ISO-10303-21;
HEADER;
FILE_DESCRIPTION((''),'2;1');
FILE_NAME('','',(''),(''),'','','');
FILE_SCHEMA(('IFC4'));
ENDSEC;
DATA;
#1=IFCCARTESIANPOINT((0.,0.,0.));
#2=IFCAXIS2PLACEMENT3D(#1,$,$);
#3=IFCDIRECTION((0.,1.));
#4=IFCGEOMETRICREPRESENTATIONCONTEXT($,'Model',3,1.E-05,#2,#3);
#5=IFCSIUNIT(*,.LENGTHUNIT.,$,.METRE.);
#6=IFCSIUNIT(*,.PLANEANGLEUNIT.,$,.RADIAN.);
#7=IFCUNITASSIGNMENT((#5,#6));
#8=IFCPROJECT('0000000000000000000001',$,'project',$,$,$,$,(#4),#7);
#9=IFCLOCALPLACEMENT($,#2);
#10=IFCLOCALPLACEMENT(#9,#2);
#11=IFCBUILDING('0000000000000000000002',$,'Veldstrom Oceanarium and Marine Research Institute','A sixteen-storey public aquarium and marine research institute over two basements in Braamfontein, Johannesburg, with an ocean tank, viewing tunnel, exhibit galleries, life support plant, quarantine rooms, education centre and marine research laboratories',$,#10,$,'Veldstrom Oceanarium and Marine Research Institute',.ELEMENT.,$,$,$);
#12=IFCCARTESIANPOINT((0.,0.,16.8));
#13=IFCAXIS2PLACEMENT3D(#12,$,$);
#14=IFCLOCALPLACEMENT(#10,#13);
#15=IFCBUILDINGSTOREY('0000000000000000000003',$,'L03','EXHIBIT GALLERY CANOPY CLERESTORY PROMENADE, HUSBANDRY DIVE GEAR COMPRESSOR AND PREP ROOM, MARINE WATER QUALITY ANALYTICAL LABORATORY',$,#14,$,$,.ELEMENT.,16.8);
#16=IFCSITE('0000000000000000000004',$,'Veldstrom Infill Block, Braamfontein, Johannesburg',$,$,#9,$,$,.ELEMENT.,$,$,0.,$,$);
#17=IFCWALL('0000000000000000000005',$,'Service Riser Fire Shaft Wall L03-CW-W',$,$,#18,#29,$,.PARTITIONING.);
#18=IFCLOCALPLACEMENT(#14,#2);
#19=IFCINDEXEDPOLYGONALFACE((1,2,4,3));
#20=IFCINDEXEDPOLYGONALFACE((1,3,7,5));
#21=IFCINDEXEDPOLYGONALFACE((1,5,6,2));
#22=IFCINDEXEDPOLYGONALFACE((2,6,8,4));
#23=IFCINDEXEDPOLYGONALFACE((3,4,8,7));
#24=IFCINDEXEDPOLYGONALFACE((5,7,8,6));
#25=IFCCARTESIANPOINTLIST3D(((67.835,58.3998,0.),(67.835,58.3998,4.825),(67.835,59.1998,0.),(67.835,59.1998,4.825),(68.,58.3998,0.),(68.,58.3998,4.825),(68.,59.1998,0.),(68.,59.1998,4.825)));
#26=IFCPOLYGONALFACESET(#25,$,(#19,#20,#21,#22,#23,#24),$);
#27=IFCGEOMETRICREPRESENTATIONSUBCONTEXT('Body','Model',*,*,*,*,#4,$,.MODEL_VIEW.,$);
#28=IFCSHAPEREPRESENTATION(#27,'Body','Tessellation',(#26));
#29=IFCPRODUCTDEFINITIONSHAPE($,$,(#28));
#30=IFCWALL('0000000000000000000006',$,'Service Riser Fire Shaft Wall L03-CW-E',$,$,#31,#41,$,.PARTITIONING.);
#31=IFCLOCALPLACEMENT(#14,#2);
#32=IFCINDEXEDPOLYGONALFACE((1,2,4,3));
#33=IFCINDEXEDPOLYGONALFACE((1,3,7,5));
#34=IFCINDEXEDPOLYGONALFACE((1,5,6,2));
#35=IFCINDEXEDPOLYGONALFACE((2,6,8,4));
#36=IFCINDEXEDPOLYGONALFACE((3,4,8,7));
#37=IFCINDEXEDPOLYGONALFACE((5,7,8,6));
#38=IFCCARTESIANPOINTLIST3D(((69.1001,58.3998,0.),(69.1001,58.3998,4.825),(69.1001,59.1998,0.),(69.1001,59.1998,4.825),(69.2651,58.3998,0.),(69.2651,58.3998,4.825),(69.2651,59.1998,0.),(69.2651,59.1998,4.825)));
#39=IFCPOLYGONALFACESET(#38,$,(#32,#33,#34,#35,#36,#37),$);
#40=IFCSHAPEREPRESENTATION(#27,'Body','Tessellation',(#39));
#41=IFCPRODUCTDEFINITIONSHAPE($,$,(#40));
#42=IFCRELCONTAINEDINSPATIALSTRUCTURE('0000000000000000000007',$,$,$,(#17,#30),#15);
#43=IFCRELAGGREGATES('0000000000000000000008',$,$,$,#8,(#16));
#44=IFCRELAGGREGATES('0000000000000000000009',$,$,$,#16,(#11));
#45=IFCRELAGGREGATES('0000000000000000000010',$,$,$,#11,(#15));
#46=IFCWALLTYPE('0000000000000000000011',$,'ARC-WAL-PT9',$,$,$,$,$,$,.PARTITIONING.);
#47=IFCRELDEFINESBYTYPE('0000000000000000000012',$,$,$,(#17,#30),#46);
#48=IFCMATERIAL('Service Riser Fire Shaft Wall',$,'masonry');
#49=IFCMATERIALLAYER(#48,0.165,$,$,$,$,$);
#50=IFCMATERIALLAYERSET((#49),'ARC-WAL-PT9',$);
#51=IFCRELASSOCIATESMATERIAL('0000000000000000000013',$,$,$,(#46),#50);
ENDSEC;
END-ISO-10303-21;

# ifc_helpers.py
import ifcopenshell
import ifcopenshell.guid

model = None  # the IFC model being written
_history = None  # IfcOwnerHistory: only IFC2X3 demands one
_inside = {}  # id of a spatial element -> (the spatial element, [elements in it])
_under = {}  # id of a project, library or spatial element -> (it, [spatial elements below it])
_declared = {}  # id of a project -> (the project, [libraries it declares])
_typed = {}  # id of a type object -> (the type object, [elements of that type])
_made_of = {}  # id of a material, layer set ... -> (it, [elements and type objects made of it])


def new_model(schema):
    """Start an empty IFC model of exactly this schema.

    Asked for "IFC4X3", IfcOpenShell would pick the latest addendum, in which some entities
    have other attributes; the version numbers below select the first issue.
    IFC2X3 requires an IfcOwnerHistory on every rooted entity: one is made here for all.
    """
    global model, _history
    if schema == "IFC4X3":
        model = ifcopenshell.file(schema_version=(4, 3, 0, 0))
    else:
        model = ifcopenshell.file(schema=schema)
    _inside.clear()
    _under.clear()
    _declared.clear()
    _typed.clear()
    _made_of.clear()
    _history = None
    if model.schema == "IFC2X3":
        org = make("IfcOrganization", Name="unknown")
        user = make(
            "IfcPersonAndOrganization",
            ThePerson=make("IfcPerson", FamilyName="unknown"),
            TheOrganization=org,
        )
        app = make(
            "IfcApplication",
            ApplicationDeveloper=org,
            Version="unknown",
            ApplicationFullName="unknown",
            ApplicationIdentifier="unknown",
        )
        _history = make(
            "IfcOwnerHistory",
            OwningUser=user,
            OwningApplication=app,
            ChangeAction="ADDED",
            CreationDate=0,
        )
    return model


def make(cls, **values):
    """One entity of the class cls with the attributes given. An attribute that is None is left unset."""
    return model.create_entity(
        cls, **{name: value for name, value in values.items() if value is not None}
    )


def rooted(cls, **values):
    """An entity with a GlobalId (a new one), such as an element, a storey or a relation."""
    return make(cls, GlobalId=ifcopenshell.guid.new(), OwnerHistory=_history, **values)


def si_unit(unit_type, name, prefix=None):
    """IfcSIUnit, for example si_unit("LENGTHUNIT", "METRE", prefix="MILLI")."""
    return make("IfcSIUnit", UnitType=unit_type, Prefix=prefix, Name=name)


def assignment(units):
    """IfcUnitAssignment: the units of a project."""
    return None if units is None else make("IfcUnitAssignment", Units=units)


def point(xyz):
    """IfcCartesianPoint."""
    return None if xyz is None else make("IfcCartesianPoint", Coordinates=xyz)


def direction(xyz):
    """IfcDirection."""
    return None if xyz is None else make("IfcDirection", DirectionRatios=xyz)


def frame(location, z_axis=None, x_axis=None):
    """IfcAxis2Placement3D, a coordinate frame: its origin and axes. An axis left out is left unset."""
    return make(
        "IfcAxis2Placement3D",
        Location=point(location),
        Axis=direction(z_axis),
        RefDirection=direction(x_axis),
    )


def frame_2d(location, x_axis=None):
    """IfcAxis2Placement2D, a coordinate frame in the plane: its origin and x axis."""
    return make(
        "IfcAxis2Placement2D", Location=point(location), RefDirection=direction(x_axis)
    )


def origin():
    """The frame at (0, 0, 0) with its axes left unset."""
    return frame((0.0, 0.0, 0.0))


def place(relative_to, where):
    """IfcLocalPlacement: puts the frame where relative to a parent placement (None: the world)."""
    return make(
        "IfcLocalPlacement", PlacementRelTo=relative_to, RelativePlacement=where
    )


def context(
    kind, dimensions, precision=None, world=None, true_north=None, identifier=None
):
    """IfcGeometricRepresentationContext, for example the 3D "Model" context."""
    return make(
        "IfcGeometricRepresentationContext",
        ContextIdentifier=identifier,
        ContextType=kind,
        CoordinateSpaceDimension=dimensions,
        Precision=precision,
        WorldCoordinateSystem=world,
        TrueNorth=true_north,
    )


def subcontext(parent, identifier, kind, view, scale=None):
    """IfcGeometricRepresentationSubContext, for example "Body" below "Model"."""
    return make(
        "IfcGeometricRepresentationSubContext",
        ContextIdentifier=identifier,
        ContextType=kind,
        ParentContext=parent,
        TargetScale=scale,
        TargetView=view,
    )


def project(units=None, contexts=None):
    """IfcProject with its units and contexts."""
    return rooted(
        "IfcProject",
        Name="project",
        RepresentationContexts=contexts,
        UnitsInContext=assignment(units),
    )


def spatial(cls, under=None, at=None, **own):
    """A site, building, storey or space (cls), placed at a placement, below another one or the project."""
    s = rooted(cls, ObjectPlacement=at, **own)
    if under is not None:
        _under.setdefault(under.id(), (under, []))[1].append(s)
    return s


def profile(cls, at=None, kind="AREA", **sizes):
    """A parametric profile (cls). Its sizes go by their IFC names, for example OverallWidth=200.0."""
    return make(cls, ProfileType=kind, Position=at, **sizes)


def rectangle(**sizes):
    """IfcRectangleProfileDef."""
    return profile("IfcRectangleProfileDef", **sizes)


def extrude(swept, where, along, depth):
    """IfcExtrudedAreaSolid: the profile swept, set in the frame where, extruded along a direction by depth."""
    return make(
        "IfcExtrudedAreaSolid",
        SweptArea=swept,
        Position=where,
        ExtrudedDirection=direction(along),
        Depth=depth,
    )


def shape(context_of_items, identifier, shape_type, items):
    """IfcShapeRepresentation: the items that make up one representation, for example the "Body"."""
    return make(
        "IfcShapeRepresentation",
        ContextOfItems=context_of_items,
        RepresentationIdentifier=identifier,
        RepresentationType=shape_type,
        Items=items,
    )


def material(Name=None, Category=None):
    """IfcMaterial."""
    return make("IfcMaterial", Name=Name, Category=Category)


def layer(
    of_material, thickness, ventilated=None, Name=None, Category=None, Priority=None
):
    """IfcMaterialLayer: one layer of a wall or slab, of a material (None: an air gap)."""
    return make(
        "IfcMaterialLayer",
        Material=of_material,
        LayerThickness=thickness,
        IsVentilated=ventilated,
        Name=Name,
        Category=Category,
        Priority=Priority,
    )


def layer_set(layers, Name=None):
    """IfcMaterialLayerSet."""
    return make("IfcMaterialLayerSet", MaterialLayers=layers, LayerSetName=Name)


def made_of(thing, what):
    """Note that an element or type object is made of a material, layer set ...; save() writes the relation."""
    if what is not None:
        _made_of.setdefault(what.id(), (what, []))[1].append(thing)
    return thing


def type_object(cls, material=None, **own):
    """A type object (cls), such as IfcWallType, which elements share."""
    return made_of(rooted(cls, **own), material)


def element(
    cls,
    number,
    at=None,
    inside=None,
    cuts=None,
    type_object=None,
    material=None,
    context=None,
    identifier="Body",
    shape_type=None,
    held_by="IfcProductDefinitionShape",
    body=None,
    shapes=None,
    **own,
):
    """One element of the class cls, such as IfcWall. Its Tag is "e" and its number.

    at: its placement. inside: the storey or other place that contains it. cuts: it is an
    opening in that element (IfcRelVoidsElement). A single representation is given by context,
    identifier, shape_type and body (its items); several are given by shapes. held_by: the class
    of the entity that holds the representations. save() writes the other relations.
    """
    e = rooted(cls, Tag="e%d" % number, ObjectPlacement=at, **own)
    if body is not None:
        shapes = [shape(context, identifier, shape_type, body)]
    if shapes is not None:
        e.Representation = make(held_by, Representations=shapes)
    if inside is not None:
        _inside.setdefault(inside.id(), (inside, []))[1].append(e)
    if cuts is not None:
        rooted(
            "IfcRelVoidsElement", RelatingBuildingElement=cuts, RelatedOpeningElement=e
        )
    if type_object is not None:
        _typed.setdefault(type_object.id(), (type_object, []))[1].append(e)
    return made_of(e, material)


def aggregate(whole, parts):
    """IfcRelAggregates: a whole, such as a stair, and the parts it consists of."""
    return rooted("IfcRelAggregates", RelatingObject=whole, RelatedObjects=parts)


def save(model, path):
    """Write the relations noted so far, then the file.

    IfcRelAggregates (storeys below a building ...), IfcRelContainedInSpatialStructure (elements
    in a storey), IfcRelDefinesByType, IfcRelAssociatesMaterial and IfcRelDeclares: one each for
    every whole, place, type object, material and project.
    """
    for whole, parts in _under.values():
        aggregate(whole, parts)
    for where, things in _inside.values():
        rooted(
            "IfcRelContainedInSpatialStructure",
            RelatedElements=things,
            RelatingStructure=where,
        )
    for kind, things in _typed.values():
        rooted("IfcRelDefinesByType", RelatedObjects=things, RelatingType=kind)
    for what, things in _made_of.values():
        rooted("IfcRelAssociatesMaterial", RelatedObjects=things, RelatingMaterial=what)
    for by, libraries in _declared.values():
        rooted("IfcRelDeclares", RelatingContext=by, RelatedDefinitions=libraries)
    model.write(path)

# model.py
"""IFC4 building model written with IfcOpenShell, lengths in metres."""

from ifc_helpers import new_model, si_unit, direction, frame, frame_2d, origin, place, context, subcontext, project, spatial, rectangle, extrude, material, layer, layer_set, type_object, element, save


model = new_model("IFC4")

# Units and contexts
model_context = context("Model", 3, precision=1e-05, world=origin(), true_north=direction((0.0, 1.0)))
body_context = subcontext(model_context, "Body", "Model", "MODEL_VIEW")
ifc_project = project(units=[si_unit("LENGTHUNIT", "METRE"), si_unit("PLANEANGLEUNIT", "RADIAN")], contexts=[model_context])

# Site, building, storey
site_placement = place(None, origin())
site = spatial("IfcSite", under=ifc_project, at=site_placement, Name="Veldstrom Infill Block, Braamfontein, Johannesburg", CompositionType="ELEMENT", RefElevation=0.0)
building_placement = place(site_placement, origin())
building = spatial("IfcBuilding", under=site, at=building_placement, Name="Veldstrom Oceanarium and Marine Research Institute", Description="A sixteen-storey public aquarium and marine research institute over two basements in Braamfontein, Johannesburg, with an ocean tank, viewing tunnel, exhibit galleries, life support plant, quarantine rooms, education centre and marine research laboratories", LongName="Veldstrom Oceanarium and Marine Research Institute", CompositionType="ELEMENT")
storey_placement = place(building_placement, frame((0.0, 0.0, 16.8)))
storey = spatial("IfcBuildingStorey", under=building, at=storey_placement, Name="L03", Description="EXHIBIT GALLERY CANOPY CLERESTORY PROMENADE, HUSBANDRY DIVE GEAR COMPRESSOR AND PREP ROOM, MARINE WATER QUALITY ANALYTICAL LABORATORY", CompositionType="ELEMENT", Elevation=16.8)

# Walls
ifc_material_1 = material(Name="Service Riser Fire Shaft Wall", Category="masonry")
ifc_layer_1 = layer(ifc_material_1, 0.165)
ifc_layer_set_1 = layer_set([ifc_layer_1], Name="ARC-WAL-PT9")
wall_type_1 = type_object("IfcWallType", Name="ARC-WAL-PT9", PredefinedType="PARTITIONING", material=ifc_layer_set_1)
for number, where, z_axis, x_axis, name in (
    (1, (67.9175, 58.3999, 0.0), (0.0, 0.0, 1.0), (0.0, 1.0, 0.0), "Service Riser Fire Shaft Wall L03-CW-W"),
    (2, (69.1826, 58.3999, 0.0), (0.0, 0.0, 1.0), (0.0, 1.0, 0.0), "Service Riser Fire Shaft Wall L03-CW-E"),
):
    element("IfcWall", number, at=place(storey_placement, frame(where, z_axis=z_axis, x_axis=x_axis)), inside=storey, type_object=wall_type_1, Name=name, PredefinedType="PARTITIONING", context=body_context, shape_type="SweptSolid", body=[
        extrude(rectangle(XDim=0.8, YDim=0.165, at=frame_2d((0.3999, 0.0))), origin(), (0.0, 0.0, 1.0), 4.825),
    ])

save(model, "model.ifc")
